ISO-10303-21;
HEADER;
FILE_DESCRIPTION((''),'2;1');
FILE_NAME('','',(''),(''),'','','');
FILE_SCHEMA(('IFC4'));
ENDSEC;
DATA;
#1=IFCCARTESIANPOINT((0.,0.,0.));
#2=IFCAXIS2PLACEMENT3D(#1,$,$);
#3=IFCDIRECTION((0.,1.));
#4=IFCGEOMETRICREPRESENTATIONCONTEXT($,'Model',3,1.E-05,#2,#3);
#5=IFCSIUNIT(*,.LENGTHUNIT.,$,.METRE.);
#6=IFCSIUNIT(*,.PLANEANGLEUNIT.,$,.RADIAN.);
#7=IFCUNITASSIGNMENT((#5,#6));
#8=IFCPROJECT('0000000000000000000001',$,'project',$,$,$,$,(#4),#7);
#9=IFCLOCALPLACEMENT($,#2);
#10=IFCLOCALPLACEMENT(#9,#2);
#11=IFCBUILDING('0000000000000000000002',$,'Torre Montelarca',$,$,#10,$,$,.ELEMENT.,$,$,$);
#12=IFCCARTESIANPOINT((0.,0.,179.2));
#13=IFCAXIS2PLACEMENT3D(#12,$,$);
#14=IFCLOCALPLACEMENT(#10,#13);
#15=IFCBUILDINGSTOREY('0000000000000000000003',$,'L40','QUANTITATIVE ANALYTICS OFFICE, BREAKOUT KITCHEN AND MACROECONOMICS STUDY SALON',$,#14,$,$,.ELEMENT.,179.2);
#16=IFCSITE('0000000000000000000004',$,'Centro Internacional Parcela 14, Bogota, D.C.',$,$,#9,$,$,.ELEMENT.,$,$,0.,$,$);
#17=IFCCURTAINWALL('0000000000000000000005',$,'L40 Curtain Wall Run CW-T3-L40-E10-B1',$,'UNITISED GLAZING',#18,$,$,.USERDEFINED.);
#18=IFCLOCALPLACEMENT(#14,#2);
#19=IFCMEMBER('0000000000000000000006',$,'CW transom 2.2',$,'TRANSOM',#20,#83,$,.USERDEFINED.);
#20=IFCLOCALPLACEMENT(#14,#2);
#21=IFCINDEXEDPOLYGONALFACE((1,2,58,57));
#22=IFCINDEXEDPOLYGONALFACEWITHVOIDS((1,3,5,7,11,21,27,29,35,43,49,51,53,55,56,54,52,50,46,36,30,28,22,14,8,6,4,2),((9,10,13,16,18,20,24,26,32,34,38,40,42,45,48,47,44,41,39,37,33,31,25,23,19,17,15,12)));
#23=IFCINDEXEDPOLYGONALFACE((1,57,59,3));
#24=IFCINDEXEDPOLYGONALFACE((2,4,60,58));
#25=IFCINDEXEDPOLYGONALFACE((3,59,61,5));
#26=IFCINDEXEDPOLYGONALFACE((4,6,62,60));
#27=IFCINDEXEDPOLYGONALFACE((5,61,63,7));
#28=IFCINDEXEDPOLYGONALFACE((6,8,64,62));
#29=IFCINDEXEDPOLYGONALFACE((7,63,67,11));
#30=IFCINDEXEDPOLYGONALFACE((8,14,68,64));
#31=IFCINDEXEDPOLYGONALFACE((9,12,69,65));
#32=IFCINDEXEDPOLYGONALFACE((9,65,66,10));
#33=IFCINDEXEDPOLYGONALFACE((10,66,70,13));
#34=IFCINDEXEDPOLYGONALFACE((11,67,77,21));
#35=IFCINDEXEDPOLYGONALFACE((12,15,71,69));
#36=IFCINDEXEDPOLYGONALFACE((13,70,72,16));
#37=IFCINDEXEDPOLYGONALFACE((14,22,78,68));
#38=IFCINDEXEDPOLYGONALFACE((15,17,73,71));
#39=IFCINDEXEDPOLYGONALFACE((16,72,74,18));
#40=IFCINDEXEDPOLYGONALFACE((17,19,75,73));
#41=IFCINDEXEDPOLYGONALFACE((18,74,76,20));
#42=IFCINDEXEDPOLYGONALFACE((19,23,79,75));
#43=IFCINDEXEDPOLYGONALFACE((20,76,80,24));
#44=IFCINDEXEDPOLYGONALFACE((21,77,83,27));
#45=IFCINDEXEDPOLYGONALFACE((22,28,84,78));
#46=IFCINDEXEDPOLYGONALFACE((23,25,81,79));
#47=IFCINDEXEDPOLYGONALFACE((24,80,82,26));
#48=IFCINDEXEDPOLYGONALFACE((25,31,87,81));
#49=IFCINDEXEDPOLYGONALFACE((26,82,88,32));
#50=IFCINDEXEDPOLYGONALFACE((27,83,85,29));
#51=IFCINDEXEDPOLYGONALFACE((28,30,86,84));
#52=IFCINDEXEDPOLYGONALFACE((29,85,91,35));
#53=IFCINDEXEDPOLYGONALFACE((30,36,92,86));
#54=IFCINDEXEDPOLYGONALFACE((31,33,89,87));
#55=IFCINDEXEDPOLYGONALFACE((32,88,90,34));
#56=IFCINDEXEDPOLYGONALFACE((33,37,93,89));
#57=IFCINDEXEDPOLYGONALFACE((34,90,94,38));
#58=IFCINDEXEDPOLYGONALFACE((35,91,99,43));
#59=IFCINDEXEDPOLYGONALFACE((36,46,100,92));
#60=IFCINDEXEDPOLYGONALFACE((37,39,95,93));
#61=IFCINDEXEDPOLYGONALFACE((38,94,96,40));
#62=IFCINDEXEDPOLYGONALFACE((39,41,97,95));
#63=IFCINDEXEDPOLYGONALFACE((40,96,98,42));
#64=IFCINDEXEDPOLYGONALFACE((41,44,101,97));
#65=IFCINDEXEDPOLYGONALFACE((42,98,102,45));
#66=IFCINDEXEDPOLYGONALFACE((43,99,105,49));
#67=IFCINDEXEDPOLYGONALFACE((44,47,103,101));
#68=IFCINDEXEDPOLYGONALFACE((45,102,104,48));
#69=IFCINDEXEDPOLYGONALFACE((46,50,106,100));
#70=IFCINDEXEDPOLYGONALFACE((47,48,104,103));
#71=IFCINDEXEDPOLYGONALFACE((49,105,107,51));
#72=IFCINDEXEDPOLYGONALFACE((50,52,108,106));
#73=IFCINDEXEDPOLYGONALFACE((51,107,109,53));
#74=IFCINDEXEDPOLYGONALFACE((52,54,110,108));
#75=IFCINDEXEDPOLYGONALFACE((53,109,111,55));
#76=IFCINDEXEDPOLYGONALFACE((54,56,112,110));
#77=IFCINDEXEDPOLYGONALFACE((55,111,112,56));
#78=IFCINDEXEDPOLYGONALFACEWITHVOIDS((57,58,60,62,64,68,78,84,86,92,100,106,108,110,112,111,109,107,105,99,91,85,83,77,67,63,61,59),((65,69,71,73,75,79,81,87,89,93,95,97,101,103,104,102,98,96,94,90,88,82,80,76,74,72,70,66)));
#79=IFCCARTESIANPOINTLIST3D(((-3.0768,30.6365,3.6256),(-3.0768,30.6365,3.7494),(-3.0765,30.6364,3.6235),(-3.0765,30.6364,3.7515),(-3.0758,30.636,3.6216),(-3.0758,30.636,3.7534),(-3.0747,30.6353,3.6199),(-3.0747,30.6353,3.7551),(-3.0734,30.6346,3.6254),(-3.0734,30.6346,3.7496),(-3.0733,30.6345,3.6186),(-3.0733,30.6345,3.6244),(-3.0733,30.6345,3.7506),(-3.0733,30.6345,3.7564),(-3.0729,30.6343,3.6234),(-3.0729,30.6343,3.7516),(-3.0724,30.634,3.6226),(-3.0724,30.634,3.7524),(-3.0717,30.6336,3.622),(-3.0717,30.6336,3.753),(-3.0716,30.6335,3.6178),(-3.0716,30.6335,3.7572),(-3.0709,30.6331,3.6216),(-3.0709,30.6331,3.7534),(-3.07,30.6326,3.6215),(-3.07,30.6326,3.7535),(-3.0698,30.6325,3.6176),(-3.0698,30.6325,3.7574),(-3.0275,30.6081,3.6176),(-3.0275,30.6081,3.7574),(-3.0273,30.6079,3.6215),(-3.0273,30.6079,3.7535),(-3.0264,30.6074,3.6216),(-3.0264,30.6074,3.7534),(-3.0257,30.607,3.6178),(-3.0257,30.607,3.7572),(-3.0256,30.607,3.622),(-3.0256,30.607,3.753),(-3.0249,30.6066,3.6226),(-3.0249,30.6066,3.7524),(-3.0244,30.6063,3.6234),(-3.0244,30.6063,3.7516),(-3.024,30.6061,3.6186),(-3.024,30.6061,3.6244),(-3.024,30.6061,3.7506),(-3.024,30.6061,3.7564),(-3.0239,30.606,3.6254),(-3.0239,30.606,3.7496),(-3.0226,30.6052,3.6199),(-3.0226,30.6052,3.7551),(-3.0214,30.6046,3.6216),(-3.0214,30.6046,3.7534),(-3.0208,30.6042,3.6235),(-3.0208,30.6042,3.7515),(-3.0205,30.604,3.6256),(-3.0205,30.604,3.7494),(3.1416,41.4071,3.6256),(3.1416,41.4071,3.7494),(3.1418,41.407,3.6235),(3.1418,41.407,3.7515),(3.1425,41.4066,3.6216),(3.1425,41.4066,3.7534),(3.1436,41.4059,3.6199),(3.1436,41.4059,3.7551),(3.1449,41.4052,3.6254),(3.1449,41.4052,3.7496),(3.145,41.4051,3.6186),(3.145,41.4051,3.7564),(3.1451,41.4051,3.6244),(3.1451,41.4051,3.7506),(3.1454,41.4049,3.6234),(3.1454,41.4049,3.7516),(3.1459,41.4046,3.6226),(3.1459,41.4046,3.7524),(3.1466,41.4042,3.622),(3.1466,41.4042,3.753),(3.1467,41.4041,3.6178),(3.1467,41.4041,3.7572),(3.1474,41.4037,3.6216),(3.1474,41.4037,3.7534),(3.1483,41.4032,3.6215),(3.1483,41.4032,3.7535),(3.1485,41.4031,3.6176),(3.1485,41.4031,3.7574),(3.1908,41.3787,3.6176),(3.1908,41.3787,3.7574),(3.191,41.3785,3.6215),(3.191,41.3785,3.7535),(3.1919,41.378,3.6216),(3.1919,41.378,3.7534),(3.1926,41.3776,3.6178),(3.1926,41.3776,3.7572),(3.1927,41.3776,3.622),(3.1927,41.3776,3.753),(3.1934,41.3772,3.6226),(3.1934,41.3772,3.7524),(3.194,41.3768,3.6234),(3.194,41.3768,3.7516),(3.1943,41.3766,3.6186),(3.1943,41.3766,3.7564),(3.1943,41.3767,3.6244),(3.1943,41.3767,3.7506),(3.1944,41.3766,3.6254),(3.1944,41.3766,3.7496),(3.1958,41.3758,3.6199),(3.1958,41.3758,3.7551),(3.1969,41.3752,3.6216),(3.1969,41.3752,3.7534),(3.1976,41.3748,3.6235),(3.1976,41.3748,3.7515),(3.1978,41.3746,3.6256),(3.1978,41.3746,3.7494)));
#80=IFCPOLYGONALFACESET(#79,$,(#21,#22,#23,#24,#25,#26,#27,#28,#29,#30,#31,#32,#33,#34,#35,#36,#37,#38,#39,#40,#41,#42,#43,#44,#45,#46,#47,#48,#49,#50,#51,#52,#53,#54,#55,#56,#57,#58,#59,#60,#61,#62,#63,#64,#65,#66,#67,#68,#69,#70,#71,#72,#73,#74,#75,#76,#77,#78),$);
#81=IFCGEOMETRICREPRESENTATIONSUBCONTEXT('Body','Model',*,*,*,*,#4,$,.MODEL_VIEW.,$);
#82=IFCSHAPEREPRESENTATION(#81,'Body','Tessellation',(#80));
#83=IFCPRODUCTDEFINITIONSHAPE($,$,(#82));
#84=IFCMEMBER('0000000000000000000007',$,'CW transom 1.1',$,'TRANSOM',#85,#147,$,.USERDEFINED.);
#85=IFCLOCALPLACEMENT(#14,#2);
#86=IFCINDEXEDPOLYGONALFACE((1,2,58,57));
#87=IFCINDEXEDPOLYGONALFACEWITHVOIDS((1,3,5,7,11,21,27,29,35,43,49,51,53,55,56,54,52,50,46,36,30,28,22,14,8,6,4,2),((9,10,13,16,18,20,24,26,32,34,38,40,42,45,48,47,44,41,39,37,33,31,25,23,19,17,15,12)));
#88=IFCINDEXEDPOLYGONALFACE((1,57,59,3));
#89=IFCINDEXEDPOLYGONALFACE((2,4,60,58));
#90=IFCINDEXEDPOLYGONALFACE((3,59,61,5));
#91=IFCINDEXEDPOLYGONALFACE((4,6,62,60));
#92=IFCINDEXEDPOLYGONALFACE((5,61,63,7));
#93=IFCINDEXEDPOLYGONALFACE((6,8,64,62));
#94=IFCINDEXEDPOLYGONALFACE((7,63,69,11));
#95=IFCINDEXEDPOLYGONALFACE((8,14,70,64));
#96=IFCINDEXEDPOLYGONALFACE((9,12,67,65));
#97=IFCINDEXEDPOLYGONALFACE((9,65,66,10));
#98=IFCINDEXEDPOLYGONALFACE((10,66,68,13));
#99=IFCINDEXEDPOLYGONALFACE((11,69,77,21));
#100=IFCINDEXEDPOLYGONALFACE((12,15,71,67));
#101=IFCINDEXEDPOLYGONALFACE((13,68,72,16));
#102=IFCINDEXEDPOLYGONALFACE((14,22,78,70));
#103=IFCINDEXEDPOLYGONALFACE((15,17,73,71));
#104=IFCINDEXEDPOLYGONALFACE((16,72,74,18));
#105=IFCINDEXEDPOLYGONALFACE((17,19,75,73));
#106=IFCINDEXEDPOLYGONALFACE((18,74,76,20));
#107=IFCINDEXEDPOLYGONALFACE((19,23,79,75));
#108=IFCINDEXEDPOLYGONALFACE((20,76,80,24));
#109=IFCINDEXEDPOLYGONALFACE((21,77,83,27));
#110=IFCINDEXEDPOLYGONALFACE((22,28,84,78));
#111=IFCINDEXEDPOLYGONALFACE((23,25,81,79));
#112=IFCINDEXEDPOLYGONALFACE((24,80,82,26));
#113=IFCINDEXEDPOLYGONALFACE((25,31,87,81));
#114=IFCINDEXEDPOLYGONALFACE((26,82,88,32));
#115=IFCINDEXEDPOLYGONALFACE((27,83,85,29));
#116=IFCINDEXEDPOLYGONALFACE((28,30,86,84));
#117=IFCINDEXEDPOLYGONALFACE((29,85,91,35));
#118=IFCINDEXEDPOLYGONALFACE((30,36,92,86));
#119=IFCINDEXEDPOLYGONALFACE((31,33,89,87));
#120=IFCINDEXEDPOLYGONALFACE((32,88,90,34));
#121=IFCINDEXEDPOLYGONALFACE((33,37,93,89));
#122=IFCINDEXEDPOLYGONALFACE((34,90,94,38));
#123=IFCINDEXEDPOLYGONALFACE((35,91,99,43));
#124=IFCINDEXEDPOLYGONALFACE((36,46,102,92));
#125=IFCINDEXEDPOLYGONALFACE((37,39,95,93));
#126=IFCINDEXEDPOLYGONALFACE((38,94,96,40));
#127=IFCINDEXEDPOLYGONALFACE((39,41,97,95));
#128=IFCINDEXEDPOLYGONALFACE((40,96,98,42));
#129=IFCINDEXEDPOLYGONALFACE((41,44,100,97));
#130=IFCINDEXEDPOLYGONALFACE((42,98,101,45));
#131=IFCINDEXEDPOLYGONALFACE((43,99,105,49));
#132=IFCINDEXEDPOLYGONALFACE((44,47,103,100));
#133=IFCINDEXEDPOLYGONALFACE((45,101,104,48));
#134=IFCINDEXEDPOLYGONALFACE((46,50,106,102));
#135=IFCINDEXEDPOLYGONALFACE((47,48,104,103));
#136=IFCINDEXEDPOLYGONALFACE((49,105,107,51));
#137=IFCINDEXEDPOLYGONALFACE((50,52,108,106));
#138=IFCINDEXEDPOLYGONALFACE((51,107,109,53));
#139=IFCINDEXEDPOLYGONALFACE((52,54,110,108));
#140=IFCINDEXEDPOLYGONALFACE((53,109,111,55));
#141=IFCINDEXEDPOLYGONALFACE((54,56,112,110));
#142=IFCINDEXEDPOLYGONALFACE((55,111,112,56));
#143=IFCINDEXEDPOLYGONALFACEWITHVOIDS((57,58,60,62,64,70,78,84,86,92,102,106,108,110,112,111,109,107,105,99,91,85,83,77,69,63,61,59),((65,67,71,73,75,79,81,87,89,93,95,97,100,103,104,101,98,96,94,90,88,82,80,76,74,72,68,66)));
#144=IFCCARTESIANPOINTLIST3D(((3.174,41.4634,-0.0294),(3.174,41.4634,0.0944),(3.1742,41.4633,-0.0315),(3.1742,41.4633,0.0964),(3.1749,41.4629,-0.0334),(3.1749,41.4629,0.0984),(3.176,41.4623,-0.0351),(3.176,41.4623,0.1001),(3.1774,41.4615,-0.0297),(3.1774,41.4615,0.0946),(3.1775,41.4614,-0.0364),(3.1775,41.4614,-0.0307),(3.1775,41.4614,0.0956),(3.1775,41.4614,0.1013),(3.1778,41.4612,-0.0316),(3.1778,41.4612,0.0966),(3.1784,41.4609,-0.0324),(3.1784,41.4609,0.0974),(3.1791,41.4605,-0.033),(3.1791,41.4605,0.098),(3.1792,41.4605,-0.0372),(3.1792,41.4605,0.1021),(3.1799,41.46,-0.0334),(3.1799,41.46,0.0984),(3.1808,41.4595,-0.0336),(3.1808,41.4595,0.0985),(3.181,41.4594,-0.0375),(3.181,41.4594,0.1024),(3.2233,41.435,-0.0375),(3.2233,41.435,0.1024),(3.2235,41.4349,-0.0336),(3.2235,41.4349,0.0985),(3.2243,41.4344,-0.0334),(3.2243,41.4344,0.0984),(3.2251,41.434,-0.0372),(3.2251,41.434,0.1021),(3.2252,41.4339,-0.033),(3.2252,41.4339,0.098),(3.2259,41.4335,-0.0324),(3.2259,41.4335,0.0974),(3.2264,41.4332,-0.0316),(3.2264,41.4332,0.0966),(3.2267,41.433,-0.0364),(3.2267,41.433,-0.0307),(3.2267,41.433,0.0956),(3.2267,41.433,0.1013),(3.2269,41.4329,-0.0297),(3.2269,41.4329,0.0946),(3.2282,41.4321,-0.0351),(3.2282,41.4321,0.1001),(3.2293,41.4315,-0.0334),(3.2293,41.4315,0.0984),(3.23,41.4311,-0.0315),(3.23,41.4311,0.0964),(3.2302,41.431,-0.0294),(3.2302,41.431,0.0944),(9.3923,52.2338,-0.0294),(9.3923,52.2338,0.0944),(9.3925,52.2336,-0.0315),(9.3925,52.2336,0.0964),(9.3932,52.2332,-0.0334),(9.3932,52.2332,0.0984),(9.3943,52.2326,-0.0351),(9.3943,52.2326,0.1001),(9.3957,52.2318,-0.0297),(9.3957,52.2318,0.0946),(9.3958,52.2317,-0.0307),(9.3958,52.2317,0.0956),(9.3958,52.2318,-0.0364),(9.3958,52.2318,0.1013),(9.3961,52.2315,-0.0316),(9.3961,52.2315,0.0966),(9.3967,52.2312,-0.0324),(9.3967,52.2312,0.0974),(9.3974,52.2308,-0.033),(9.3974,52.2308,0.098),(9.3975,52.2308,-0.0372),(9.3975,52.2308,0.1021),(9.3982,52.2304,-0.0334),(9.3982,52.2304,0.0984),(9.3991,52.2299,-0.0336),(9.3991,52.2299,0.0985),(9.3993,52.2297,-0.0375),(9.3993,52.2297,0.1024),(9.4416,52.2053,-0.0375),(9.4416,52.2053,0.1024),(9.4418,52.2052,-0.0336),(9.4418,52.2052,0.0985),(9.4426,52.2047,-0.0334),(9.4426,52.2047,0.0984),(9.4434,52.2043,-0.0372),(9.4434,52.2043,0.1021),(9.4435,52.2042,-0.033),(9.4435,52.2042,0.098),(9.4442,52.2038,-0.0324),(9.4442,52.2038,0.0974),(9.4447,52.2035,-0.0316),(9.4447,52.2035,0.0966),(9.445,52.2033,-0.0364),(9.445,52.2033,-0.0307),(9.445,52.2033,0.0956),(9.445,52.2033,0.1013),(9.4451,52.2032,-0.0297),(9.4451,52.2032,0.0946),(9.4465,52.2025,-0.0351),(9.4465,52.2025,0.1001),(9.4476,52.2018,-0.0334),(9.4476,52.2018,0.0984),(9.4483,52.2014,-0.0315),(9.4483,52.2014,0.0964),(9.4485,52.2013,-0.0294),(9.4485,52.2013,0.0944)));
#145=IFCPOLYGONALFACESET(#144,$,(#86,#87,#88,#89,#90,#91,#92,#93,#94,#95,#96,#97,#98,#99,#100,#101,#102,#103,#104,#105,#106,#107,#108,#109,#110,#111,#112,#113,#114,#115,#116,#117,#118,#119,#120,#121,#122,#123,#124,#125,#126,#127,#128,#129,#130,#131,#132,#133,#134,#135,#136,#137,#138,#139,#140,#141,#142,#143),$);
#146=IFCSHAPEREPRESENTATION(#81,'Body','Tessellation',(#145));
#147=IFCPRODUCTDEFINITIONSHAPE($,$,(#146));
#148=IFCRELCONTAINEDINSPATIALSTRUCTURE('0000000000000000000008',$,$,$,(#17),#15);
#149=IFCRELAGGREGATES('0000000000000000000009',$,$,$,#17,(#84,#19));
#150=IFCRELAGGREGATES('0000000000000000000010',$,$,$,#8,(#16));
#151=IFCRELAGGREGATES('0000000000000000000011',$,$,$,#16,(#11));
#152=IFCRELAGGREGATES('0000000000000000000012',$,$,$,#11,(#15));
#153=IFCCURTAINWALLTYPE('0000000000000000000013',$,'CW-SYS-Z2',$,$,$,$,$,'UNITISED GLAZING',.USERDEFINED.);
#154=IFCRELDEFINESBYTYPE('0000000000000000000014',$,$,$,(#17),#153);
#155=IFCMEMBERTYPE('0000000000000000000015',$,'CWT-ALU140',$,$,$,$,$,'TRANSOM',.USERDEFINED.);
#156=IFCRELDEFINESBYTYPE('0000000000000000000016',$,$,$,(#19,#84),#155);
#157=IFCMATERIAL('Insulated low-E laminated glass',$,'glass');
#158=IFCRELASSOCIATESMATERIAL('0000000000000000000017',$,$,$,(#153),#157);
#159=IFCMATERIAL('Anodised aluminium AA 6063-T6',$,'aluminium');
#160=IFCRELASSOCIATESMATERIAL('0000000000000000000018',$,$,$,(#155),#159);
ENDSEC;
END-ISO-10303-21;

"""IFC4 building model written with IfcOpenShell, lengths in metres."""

from ifc_helpers import new_model, si_unit, direction, frame, origin, origin_2d, place, context, subcontext, project, spatial, hollow_rectangle, extrude, source, transform, mapped, material, material_profile, profile_set, type_object, element, aggregate, save


model = new_model("IFC4")

# Units and contexts
model_context = context("Model", 3, precision=1e-05, world=origin(), true_north=direction((0.0, 1.0)))
body_context = subcontext(model_context, "Body", "Model", "MODEL_VIEW")
ifc_project = project(units=[si_unit("LENGTHUNIT", "METRE"), si_unit("PLANEANGLEUNIT", "RADIAN")], contexts=[model_context])

# Site, building, storey
site_placement = place(None, origin())
site = spatial("IfcSite", under=ifc_project, at=site_placement, Name="Centro Internacional Parcela 14, Bogota, D.C.", CompositionType="ELEMENT", RefElevation=0.0)
building_placement = place(site_placement, origin())
building = spatial("IfcBuilding", under=site, at=building_placement, Name="Torre Montelarca", CompositionType="ELEMENT")
storey_placement = place(building_placement, frame((0.0, 0.0, 179.2)))
storey = spatial("IfcBuildingStorey", under=building, at=storey_placement, Name="L40", Description="QUANTITATIVE ANALYTICS OFFICE, BREAKOUT KITCHEN AND MACROECONOMICS STUDY SALON", CompositionType="ELEMENT", Elevation=179.2)

# Curtain wall, members
ifc_material_1 = material(Name="Insulated low-E laminated glass", Category="glass")
curtain_wall_type = type_object("IfcCurtainWallType", Name="CW-SYS-Z2", ElementType="UNITISED GLAZING", PredefinedType="USERDEFINED", material=ifc_material_1)
ifc_material_2 = material(Name="Anodised aluminium AA 6063-T6", Category="aluminium")
ifc_material_profile_1 = material_profile(ifc_material_2, hollow_rectangle(XDim=0.0649, YDim=0.1399, WallThickness=0.0039, InnerFilletRadius=0.0039, OuterFilletRadius=0.0081, at=origin_2d()), Name="ALU65X140X4", Category="aluminium")
ifc_profile_set_1 = profile_set([ifc_material_profile_1], Name="Anodised aluminium AA 6063-T6")
member_type_1 = type_object("IfcMemberType", Name="CWT-ALU140", ElementType="TRANSOM", PredefinedType="USERDEFINED", material=ifc_profile_set_1)
curtain_wall_1_placement = place(storey_placement, origin())
curtain_wall_1 = element("IfcCurtainWall", 1, at=curtain_wall_1_placement, inside=storey, type_object=curtain_wall_type, Name="L40 Curtain Wall Run CW-T3-L40-E10-B1", ObjectType="UNITISED GLAZING", PredefinedType="USERDEFINED")
shared_shape_1 = source(origin(), body_context, "Body", "SweptSolid", [
    extrude(hollow_rectangle(XDim=0.0649, YDim=0.1399, WallThickness=0.0039, InnerFilletRadius=0.0039, OuterFilletRadius=0.0081, at=origin_2d()), origin(), (0.0, 0.0, 1.0), 12.4368),
])
member_1_placement = place(storey_placement, frame((3.1697, 41.3909, 3.6875), z_axis=(-0.499994, -0.866029, 0.0), x_axis=(0.866029, -0.499994, 0.0)))
member_1 = element("IfcMember", 2, at=member_1_placement, type_object=member_type_1, Name="CW transom 2.2", ObjectType="TRANSOM", PredefinedType="USERDEFINED", context=body_context, shape_type="MappedRepresentation", body=[
    mapped(shared_shape_1, transform((0.0, 0.0, 0.0), scale=1.0)),
])
shared_shape_2 = source(origin(), body_context, "Body", "SweptSolid", [
    extrude(hollow_rectangle(XDim=0.0649, YDim=0.1399, WallThickness=0.0039, InnerFilletRadius=0.0039, OuterFilletRadius=0.0081, at=origin_2d()), origin(), (0.0, 0.0, 1.0), 12.4365),
])
member_2_placement = place(storey_placement, frame((9.4204, 52.2175, 0.0325), z_axis=(-0.500003, -0.866024, 0.0), x_axis=(0.866024, -0.500003, 0.0)))
member_2 = element("IfcMember", 3, at=member_2_placement, type_object=member_type_1, Name="CW transom 1.1", ObjectType="TRANSOM", PredefinedType="USERDEFINED", context=body_context, shape_type="MappedRepresentation", body=[
    mapped(shared_shape_2, transform((0.0, 0.0, 0.0), scale=1.0)),
])

aggregate(curtain_wall_1, [member_2, member_1])

save(model, "model.ifc")
